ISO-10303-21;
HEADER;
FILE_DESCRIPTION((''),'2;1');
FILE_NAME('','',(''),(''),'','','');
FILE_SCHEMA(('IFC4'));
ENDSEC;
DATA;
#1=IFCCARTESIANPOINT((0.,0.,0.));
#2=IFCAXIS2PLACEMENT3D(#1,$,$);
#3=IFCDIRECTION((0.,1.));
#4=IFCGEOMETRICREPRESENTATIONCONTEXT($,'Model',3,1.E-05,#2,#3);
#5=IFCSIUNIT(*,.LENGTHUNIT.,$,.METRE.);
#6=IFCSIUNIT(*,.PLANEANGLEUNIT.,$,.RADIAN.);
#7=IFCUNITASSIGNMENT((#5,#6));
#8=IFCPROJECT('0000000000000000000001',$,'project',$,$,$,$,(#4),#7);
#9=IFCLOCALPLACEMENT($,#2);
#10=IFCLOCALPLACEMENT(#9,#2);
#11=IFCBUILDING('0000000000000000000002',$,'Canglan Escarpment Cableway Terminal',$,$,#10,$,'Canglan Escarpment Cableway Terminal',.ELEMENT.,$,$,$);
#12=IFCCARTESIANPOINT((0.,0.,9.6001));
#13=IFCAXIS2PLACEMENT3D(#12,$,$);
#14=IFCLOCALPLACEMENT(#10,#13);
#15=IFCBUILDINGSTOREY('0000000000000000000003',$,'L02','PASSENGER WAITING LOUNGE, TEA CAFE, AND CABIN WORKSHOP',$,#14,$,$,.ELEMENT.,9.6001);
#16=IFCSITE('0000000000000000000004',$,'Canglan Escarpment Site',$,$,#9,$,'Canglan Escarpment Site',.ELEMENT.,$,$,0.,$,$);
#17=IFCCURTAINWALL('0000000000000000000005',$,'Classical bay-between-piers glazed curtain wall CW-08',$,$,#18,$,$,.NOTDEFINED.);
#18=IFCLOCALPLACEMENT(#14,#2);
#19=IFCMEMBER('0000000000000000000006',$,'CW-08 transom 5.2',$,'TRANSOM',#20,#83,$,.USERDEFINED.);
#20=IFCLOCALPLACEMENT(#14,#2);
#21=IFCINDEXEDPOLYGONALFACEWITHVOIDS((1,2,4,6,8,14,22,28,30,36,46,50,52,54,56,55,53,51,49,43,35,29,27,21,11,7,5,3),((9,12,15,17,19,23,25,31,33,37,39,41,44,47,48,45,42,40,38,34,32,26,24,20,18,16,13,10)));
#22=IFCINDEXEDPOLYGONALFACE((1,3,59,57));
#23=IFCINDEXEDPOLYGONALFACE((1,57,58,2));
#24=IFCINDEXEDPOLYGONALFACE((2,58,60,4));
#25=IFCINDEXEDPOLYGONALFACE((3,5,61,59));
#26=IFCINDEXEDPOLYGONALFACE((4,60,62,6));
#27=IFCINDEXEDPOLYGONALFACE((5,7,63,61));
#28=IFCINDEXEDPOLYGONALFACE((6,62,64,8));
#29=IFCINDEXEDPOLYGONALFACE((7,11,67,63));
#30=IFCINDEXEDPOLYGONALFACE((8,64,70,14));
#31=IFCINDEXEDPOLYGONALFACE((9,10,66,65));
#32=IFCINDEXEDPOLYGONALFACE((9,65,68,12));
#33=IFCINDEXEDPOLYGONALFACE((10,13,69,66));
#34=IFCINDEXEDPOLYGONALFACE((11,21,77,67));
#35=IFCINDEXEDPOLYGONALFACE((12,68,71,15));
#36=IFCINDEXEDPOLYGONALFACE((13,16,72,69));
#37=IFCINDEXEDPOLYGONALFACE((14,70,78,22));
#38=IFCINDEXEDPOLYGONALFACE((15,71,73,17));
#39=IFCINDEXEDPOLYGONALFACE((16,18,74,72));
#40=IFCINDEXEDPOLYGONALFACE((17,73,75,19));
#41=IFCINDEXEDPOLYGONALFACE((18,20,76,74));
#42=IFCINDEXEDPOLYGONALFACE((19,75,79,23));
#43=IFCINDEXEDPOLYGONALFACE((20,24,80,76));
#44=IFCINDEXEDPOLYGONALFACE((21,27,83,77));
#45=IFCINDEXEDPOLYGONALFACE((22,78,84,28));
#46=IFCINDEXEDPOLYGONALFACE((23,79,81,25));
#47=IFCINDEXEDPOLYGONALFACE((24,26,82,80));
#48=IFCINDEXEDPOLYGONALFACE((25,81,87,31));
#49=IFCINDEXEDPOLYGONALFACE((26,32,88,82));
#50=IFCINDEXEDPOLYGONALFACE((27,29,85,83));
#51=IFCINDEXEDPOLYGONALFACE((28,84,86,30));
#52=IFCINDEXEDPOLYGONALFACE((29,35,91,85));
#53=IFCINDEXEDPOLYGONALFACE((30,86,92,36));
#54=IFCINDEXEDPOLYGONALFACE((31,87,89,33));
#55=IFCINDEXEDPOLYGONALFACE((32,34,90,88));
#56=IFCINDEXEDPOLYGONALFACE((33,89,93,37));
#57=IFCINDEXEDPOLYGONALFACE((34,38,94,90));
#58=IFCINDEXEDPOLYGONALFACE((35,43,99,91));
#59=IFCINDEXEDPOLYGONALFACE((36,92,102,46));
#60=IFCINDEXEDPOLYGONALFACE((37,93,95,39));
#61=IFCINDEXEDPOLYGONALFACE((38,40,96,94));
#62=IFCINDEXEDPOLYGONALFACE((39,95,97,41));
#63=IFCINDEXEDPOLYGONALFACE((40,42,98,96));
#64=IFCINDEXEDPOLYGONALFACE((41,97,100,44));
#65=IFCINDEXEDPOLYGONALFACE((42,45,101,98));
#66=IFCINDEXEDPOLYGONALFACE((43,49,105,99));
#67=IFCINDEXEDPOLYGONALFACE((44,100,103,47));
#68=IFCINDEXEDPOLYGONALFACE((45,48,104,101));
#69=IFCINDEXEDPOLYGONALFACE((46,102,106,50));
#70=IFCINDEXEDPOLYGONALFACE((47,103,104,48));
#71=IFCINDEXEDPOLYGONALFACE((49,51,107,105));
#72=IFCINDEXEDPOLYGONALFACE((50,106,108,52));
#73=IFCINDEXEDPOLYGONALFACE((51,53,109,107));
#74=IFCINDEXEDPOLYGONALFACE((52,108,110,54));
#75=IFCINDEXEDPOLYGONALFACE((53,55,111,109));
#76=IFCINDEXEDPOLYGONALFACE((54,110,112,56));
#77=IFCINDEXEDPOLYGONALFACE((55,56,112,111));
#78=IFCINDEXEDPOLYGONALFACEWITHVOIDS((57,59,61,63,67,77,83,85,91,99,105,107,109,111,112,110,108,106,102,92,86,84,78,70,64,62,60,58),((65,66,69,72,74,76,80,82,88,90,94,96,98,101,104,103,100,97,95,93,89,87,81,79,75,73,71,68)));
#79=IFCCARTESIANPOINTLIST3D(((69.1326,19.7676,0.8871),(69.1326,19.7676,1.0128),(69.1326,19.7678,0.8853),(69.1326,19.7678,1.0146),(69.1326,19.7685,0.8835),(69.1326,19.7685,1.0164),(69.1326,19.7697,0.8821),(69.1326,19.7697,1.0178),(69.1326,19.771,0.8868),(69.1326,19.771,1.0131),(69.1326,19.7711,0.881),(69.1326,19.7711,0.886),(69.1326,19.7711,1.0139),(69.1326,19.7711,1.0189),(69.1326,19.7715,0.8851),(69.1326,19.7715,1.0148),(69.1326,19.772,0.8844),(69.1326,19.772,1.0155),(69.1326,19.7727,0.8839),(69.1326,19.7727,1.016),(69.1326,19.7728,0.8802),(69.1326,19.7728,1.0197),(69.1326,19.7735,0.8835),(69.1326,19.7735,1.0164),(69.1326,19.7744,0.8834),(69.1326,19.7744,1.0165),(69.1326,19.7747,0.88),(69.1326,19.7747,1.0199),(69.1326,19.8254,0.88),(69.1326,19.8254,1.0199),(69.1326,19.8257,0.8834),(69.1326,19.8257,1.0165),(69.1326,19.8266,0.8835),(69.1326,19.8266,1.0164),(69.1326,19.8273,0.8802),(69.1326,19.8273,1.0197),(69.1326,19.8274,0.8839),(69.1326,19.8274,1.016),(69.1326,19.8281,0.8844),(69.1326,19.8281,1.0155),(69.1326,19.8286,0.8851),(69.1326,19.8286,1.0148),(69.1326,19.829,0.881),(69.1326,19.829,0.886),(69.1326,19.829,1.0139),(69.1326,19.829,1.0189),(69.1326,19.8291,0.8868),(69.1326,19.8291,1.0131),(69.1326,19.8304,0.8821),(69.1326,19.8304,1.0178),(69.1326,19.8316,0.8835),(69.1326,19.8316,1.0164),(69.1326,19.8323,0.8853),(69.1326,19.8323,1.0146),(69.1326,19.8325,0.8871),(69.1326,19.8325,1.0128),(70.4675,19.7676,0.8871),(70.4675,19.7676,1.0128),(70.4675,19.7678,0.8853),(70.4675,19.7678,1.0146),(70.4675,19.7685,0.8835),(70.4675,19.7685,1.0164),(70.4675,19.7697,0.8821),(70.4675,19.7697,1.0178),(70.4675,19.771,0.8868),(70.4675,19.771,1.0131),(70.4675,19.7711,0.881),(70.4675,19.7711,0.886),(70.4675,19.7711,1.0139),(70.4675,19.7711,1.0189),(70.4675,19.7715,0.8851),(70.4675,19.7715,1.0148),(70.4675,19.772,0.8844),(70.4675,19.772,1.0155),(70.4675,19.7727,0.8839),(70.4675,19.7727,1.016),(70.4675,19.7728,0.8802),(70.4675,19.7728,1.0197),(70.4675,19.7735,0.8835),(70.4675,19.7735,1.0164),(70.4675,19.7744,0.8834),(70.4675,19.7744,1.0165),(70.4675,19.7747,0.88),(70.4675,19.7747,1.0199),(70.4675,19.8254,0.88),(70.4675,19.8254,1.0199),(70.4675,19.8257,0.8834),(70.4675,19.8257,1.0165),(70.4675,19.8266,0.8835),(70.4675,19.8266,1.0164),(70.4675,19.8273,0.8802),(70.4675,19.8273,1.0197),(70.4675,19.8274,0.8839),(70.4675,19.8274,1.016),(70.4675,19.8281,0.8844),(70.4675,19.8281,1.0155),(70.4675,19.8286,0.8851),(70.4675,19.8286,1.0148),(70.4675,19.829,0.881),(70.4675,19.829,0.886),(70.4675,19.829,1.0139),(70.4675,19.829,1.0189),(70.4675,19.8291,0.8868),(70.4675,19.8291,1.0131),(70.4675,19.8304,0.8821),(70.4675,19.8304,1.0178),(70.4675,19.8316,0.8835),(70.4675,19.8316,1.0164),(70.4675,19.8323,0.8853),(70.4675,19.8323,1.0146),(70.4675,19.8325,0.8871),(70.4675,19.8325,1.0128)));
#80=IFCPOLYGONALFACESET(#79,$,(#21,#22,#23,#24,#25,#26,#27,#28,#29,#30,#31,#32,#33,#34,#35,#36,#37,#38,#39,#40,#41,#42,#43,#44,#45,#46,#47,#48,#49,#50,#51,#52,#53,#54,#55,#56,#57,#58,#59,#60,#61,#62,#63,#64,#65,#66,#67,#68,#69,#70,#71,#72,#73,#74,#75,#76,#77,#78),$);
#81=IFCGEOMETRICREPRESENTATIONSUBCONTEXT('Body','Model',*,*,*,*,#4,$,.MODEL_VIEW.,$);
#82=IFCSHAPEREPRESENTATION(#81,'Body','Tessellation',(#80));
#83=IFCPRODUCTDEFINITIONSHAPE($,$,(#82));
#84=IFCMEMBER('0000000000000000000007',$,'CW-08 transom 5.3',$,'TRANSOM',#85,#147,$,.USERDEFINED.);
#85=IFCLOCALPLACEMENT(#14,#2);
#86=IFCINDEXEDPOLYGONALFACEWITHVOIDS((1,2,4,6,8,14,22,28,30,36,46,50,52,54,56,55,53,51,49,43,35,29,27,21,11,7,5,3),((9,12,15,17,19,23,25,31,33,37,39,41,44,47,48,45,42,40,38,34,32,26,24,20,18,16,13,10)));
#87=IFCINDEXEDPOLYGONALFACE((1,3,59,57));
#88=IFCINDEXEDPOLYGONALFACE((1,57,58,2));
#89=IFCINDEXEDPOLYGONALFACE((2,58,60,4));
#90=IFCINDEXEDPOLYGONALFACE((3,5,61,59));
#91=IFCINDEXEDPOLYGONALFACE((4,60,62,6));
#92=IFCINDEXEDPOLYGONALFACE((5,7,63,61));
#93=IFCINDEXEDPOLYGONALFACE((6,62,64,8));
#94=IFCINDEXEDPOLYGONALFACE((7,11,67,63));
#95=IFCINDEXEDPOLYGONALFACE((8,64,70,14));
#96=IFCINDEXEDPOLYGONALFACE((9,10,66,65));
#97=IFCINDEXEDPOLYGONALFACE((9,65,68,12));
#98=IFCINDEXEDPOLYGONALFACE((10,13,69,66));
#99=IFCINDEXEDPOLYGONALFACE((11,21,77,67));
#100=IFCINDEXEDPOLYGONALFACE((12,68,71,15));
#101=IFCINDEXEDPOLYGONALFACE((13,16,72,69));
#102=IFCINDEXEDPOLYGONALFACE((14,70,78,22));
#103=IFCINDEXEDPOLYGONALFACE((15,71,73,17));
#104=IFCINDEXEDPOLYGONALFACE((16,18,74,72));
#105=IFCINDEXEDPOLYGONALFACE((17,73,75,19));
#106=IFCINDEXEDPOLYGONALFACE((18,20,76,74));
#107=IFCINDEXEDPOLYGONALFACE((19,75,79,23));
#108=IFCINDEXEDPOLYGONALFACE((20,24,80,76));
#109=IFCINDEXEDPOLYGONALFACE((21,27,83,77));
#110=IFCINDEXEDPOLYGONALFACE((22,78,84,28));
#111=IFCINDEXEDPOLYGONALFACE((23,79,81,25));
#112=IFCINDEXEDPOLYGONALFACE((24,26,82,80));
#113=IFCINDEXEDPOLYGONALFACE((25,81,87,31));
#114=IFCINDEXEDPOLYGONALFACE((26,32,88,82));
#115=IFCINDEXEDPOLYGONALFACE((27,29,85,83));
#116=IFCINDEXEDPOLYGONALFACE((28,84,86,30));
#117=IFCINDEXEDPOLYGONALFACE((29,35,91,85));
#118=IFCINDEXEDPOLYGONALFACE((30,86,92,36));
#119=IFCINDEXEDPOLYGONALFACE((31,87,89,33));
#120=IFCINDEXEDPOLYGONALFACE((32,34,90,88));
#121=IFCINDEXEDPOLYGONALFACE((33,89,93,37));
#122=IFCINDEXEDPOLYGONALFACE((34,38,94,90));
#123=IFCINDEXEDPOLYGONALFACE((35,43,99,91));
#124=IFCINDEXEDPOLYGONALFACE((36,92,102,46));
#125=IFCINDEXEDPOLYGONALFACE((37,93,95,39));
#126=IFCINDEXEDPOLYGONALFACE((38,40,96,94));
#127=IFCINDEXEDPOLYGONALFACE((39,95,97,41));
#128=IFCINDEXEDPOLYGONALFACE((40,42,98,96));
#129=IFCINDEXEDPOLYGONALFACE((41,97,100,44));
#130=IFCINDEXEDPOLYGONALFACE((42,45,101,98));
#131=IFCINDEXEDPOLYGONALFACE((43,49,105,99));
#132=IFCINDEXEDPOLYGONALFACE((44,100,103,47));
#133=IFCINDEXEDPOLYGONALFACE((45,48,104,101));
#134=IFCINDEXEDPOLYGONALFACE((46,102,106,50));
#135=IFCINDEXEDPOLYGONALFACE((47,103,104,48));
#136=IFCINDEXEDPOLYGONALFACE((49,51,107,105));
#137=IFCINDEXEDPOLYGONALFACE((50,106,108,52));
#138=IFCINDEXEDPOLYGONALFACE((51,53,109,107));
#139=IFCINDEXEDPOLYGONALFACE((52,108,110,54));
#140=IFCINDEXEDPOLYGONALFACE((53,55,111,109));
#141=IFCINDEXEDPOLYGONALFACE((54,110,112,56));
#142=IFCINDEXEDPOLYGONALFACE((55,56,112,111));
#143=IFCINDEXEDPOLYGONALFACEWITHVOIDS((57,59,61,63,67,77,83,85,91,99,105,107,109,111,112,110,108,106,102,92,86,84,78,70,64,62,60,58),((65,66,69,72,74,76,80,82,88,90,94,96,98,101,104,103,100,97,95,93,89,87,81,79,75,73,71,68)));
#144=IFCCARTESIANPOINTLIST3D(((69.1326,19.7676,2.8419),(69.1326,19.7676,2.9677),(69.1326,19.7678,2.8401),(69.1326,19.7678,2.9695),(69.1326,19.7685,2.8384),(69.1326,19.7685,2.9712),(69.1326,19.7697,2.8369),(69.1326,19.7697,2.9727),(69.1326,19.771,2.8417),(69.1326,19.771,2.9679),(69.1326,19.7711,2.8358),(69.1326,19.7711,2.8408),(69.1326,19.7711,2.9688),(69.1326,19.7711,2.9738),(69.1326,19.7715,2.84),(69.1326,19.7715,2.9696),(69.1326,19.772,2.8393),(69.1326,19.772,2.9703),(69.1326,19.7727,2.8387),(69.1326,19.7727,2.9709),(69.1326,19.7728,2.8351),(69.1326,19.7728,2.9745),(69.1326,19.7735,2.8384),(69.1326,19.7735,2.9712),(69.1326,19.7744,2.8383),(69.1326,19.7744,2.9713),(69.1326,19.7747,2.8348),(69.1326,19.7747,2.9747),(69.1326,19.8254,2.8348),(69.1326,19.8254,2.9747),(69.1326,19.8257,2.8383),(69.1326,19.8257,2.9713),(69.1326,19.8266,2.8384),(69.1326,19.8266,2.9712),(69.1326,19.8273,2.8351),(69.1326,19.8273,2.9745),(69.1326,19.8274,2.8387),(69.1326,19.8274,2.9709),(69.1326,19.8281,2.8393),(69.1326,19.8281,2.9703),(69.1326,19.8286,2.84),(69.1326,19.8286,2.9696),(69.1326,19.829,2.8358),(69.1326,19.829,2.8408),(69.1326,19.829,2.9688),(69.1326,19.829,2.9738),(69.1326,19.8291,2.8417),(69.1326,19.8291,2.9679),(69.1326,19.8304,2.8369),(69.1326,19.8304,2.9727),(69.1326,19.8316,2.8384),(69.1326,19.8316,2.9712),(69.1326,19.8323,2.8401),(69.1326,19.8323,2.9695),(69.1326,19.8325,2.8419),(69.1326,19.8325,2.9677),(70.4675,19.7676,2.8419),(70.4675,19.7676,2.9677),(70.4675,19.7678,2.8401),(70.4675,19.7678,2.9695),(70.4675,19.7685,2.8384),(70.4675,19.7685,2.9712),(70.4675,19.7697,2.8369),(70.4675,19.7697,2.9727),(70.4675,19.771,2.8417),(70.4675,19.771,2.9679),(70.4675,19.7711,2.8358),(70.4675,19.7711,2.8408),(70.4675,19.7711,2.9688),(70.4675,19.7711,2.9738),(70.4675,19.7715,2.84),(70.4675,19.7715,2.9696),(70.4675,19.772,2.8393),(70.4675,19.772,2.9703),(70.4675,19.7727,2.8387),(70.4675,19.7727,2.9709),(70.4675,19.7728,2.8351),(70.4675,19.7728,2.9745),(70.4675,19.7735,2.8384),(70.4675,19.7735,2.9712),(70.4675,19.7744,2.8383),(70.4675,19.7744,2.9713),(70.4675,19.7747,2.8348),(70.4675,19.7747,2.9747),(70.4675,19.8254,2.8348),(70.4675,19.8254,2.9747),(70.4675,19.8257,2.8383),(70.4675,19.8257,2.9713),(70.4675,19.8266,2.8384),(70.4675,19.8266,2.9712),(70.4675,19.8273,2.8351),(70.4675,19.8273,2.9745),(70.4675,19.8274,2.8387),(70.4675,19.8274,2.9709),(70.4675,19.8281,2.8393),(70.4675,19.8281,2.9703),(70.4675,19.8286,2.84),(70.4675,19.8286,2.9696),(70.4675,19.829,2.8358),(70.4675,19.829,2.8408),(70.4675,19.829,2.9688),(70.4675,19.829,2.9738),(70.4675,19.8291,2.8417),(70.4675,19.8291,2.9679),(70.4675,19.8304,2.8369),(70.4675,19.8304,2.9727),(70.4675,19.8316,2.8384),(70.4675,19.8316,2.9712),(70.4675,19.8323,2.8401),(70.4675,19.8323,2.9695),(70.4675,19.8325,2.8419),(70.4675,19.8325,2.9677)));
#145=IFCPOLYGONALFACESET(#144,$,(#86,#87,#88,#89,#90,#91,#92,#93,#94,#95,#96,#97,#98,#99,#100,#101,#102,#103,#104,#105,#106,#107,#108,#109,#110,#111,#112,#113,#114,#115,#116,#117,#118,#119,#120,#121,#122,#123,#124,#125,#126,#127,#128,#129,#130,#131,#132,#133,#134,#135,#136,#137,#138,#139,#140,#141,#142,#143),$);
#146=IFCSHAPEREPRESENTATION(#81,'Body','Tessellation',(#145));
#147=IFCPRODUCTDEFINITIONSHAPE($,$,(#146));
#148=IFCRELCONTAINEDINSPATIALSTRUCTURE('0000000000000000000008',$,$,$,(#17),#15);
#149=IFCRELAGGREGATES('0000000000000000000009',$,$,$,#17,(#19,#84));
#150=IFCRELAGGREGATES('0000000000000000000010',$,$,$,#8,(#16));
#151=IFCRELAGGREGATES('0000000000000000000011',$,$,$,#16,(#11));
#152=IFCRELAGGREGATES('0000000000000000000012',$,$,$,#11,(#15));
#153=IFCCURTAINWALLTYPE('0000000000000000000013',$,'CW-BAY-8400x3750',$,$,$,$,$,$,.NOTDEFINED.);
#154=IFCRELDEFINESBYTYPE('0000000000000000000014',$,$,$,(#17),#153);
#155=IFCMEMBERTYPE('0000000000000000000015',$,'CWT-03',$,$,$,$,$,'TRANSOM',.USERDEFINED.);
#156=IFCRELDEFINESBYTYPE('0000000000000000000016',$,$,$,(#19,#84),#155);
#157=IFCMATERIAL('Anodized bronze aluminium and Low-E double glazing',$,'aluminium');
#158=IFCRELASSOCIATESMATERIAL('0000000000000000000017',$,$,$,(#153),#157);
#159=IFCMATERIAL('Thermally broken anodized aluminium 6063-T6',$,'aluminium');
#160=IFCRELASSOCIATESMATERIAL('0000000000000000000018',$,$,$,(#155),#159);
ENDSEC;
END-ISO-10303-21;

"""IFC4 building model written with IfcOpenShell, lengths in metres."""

from ifc_helpers import new_model, si_unit, direction, frame, origin, origin_2d, place, context, subcontext, project, spatial, hollow_rectangle, extrude, material, material_profile, profile_set, type_object, element, aggregate, save


model = new_model("IFC4")

# Units and contexts
model_context = context("Model", 3, precision=1e-05, world=origin(), true_north=direction((0.0, 1.0)))
body_context = subcontext(model_context, "Body", "Model", "MODEL_VIEW")
ifc_project = project(units=[si_unit("LENGTHUNIT", "METRE"), si_unit("PLANEANGLEUNIT", "RADIAN")], contexts=[model_context])

# Site, building, storey
site_placement = place(None, origin())
site = spatial("IfcSite", under=ifc_project, at=site_placement, Name="Canglan Escarpment Site", LongName="Canglan Escarpment Site", CompositionType="ELEMENT", RefElevation=0.0)
building_placement = place(site_placement, origin())
building = spatial("IfcBuilding", under=site, at=building_placement, Name="Canglan Escarpment Cableway Terminal", LongName="Canglan Escarpment Cableway Terminal", CompositionType="ELEMENT")
storey_placement = place(building_placement, frame((0.0, 0.0, 9.6001)))
storey = spatial("IfcBuildingStorey", under=building, at=storey_placement, Name="L02", Description="PASSENGER WAITING LOUNGE, TEA CAFE, AND CABIN WORKSHOP", CompositionType="ELEMENT", Elevation=9.6001)

# Curtain wall, members
ifc_material_1 = material(Name="Anodized bronze aluminium and Low-E double glazing", Category="aluminium")
curtain_wall_type = type_object("IfcCurtainWallType", Name="CW-BAY-8400x3750", PredefinedType="NOTDEFINED", material=ifc_material_1)
curtain_wall_placement = place(storey_placement, origin())
curtain_wall = element("IfcCurtainWall", 1, at=curtain_wall_placement, inside=storey, type_object=curtain_wall_type, Name="Classical bay-between-piers glazed curtain wall CW-08", PredefinedType="NOTDEFINED")
ifc_material_2 = material(Name="Thermally broken anodized aluminium 6063-T6", Category="aluminium")
ifc_material_profile_1 = material_profile(ifc_material_2, hollow_rectangle(XDim=0.0649, YDim=0.1399, WallThickness=0.0034, InnerFilletRadius=0.0034, OuterFilletRadius=0.0071, at=origin_2d()), Name="ALU-TRAN 65x140x3.5")
ifc_profile_set_1 = profile_set([ifc_material_profile_1], Name="Thermally broken anodized aluminium 6063-T6")
member_type_1 = type_object("IfcMemberType", Name="CWT-03", ElementType="TRANSOM", PredefinedType="USERDEFINED", material=ifc_profile_set_1)
member_1_placement = place(storey_placement, frame((70.4675, 19.8, 0.95), z_axis=(-1.0, 0.0, 0.0), x_axis=(0.0, -1.0, 0.0)))
member_1 = element("IfcMember", 2, at=member_1_placement, type_object=member_type_1, Name="CW-08 transom 5.2", ObjectType="TRANSOM", PredefinedType="USERDEFINED", context=body_context, shape_type="SweptSolid", body=[
    extrude(hollow_rectangle(XDim=0.0649, YDim=0.1399, WallThickness=0.0034, InnerFilletRadius=0.0034, OuterFilletRadius=0.0071, at=origin_2d()), origin(), (0.0, 0.0, 1.0), 1.335),
])
member_2_placement = place(storey_placement, frame((70.4675, 19.8, 2.9048), z_axis=(-1.0, 0.0, 0.0), x_axis=(0.0, -1.0, 0.0)))
member_2 = element("IfcMember", 3, at=member_2_placement, type_object=member_type_1, Name="CW-08 transom 5.3", ObjectType="TRANSOM", PredefinedType="USERDEFINED", context=body_context, shape_type="SweptSolid", body=[
    extrude(hollow_rectangle(XDim=0.0649, YDim=0.1399, WallThickness=0.0034, InnerFilletRadius=0.0034, OuterFilletRadius=0.0071, at=origin_2d()), origin(), (0.0, 0.0, 1.0), 1.335),
])
aggregate(curtain_wall, [member_1, member_2])

save(model, "model.ifc")
